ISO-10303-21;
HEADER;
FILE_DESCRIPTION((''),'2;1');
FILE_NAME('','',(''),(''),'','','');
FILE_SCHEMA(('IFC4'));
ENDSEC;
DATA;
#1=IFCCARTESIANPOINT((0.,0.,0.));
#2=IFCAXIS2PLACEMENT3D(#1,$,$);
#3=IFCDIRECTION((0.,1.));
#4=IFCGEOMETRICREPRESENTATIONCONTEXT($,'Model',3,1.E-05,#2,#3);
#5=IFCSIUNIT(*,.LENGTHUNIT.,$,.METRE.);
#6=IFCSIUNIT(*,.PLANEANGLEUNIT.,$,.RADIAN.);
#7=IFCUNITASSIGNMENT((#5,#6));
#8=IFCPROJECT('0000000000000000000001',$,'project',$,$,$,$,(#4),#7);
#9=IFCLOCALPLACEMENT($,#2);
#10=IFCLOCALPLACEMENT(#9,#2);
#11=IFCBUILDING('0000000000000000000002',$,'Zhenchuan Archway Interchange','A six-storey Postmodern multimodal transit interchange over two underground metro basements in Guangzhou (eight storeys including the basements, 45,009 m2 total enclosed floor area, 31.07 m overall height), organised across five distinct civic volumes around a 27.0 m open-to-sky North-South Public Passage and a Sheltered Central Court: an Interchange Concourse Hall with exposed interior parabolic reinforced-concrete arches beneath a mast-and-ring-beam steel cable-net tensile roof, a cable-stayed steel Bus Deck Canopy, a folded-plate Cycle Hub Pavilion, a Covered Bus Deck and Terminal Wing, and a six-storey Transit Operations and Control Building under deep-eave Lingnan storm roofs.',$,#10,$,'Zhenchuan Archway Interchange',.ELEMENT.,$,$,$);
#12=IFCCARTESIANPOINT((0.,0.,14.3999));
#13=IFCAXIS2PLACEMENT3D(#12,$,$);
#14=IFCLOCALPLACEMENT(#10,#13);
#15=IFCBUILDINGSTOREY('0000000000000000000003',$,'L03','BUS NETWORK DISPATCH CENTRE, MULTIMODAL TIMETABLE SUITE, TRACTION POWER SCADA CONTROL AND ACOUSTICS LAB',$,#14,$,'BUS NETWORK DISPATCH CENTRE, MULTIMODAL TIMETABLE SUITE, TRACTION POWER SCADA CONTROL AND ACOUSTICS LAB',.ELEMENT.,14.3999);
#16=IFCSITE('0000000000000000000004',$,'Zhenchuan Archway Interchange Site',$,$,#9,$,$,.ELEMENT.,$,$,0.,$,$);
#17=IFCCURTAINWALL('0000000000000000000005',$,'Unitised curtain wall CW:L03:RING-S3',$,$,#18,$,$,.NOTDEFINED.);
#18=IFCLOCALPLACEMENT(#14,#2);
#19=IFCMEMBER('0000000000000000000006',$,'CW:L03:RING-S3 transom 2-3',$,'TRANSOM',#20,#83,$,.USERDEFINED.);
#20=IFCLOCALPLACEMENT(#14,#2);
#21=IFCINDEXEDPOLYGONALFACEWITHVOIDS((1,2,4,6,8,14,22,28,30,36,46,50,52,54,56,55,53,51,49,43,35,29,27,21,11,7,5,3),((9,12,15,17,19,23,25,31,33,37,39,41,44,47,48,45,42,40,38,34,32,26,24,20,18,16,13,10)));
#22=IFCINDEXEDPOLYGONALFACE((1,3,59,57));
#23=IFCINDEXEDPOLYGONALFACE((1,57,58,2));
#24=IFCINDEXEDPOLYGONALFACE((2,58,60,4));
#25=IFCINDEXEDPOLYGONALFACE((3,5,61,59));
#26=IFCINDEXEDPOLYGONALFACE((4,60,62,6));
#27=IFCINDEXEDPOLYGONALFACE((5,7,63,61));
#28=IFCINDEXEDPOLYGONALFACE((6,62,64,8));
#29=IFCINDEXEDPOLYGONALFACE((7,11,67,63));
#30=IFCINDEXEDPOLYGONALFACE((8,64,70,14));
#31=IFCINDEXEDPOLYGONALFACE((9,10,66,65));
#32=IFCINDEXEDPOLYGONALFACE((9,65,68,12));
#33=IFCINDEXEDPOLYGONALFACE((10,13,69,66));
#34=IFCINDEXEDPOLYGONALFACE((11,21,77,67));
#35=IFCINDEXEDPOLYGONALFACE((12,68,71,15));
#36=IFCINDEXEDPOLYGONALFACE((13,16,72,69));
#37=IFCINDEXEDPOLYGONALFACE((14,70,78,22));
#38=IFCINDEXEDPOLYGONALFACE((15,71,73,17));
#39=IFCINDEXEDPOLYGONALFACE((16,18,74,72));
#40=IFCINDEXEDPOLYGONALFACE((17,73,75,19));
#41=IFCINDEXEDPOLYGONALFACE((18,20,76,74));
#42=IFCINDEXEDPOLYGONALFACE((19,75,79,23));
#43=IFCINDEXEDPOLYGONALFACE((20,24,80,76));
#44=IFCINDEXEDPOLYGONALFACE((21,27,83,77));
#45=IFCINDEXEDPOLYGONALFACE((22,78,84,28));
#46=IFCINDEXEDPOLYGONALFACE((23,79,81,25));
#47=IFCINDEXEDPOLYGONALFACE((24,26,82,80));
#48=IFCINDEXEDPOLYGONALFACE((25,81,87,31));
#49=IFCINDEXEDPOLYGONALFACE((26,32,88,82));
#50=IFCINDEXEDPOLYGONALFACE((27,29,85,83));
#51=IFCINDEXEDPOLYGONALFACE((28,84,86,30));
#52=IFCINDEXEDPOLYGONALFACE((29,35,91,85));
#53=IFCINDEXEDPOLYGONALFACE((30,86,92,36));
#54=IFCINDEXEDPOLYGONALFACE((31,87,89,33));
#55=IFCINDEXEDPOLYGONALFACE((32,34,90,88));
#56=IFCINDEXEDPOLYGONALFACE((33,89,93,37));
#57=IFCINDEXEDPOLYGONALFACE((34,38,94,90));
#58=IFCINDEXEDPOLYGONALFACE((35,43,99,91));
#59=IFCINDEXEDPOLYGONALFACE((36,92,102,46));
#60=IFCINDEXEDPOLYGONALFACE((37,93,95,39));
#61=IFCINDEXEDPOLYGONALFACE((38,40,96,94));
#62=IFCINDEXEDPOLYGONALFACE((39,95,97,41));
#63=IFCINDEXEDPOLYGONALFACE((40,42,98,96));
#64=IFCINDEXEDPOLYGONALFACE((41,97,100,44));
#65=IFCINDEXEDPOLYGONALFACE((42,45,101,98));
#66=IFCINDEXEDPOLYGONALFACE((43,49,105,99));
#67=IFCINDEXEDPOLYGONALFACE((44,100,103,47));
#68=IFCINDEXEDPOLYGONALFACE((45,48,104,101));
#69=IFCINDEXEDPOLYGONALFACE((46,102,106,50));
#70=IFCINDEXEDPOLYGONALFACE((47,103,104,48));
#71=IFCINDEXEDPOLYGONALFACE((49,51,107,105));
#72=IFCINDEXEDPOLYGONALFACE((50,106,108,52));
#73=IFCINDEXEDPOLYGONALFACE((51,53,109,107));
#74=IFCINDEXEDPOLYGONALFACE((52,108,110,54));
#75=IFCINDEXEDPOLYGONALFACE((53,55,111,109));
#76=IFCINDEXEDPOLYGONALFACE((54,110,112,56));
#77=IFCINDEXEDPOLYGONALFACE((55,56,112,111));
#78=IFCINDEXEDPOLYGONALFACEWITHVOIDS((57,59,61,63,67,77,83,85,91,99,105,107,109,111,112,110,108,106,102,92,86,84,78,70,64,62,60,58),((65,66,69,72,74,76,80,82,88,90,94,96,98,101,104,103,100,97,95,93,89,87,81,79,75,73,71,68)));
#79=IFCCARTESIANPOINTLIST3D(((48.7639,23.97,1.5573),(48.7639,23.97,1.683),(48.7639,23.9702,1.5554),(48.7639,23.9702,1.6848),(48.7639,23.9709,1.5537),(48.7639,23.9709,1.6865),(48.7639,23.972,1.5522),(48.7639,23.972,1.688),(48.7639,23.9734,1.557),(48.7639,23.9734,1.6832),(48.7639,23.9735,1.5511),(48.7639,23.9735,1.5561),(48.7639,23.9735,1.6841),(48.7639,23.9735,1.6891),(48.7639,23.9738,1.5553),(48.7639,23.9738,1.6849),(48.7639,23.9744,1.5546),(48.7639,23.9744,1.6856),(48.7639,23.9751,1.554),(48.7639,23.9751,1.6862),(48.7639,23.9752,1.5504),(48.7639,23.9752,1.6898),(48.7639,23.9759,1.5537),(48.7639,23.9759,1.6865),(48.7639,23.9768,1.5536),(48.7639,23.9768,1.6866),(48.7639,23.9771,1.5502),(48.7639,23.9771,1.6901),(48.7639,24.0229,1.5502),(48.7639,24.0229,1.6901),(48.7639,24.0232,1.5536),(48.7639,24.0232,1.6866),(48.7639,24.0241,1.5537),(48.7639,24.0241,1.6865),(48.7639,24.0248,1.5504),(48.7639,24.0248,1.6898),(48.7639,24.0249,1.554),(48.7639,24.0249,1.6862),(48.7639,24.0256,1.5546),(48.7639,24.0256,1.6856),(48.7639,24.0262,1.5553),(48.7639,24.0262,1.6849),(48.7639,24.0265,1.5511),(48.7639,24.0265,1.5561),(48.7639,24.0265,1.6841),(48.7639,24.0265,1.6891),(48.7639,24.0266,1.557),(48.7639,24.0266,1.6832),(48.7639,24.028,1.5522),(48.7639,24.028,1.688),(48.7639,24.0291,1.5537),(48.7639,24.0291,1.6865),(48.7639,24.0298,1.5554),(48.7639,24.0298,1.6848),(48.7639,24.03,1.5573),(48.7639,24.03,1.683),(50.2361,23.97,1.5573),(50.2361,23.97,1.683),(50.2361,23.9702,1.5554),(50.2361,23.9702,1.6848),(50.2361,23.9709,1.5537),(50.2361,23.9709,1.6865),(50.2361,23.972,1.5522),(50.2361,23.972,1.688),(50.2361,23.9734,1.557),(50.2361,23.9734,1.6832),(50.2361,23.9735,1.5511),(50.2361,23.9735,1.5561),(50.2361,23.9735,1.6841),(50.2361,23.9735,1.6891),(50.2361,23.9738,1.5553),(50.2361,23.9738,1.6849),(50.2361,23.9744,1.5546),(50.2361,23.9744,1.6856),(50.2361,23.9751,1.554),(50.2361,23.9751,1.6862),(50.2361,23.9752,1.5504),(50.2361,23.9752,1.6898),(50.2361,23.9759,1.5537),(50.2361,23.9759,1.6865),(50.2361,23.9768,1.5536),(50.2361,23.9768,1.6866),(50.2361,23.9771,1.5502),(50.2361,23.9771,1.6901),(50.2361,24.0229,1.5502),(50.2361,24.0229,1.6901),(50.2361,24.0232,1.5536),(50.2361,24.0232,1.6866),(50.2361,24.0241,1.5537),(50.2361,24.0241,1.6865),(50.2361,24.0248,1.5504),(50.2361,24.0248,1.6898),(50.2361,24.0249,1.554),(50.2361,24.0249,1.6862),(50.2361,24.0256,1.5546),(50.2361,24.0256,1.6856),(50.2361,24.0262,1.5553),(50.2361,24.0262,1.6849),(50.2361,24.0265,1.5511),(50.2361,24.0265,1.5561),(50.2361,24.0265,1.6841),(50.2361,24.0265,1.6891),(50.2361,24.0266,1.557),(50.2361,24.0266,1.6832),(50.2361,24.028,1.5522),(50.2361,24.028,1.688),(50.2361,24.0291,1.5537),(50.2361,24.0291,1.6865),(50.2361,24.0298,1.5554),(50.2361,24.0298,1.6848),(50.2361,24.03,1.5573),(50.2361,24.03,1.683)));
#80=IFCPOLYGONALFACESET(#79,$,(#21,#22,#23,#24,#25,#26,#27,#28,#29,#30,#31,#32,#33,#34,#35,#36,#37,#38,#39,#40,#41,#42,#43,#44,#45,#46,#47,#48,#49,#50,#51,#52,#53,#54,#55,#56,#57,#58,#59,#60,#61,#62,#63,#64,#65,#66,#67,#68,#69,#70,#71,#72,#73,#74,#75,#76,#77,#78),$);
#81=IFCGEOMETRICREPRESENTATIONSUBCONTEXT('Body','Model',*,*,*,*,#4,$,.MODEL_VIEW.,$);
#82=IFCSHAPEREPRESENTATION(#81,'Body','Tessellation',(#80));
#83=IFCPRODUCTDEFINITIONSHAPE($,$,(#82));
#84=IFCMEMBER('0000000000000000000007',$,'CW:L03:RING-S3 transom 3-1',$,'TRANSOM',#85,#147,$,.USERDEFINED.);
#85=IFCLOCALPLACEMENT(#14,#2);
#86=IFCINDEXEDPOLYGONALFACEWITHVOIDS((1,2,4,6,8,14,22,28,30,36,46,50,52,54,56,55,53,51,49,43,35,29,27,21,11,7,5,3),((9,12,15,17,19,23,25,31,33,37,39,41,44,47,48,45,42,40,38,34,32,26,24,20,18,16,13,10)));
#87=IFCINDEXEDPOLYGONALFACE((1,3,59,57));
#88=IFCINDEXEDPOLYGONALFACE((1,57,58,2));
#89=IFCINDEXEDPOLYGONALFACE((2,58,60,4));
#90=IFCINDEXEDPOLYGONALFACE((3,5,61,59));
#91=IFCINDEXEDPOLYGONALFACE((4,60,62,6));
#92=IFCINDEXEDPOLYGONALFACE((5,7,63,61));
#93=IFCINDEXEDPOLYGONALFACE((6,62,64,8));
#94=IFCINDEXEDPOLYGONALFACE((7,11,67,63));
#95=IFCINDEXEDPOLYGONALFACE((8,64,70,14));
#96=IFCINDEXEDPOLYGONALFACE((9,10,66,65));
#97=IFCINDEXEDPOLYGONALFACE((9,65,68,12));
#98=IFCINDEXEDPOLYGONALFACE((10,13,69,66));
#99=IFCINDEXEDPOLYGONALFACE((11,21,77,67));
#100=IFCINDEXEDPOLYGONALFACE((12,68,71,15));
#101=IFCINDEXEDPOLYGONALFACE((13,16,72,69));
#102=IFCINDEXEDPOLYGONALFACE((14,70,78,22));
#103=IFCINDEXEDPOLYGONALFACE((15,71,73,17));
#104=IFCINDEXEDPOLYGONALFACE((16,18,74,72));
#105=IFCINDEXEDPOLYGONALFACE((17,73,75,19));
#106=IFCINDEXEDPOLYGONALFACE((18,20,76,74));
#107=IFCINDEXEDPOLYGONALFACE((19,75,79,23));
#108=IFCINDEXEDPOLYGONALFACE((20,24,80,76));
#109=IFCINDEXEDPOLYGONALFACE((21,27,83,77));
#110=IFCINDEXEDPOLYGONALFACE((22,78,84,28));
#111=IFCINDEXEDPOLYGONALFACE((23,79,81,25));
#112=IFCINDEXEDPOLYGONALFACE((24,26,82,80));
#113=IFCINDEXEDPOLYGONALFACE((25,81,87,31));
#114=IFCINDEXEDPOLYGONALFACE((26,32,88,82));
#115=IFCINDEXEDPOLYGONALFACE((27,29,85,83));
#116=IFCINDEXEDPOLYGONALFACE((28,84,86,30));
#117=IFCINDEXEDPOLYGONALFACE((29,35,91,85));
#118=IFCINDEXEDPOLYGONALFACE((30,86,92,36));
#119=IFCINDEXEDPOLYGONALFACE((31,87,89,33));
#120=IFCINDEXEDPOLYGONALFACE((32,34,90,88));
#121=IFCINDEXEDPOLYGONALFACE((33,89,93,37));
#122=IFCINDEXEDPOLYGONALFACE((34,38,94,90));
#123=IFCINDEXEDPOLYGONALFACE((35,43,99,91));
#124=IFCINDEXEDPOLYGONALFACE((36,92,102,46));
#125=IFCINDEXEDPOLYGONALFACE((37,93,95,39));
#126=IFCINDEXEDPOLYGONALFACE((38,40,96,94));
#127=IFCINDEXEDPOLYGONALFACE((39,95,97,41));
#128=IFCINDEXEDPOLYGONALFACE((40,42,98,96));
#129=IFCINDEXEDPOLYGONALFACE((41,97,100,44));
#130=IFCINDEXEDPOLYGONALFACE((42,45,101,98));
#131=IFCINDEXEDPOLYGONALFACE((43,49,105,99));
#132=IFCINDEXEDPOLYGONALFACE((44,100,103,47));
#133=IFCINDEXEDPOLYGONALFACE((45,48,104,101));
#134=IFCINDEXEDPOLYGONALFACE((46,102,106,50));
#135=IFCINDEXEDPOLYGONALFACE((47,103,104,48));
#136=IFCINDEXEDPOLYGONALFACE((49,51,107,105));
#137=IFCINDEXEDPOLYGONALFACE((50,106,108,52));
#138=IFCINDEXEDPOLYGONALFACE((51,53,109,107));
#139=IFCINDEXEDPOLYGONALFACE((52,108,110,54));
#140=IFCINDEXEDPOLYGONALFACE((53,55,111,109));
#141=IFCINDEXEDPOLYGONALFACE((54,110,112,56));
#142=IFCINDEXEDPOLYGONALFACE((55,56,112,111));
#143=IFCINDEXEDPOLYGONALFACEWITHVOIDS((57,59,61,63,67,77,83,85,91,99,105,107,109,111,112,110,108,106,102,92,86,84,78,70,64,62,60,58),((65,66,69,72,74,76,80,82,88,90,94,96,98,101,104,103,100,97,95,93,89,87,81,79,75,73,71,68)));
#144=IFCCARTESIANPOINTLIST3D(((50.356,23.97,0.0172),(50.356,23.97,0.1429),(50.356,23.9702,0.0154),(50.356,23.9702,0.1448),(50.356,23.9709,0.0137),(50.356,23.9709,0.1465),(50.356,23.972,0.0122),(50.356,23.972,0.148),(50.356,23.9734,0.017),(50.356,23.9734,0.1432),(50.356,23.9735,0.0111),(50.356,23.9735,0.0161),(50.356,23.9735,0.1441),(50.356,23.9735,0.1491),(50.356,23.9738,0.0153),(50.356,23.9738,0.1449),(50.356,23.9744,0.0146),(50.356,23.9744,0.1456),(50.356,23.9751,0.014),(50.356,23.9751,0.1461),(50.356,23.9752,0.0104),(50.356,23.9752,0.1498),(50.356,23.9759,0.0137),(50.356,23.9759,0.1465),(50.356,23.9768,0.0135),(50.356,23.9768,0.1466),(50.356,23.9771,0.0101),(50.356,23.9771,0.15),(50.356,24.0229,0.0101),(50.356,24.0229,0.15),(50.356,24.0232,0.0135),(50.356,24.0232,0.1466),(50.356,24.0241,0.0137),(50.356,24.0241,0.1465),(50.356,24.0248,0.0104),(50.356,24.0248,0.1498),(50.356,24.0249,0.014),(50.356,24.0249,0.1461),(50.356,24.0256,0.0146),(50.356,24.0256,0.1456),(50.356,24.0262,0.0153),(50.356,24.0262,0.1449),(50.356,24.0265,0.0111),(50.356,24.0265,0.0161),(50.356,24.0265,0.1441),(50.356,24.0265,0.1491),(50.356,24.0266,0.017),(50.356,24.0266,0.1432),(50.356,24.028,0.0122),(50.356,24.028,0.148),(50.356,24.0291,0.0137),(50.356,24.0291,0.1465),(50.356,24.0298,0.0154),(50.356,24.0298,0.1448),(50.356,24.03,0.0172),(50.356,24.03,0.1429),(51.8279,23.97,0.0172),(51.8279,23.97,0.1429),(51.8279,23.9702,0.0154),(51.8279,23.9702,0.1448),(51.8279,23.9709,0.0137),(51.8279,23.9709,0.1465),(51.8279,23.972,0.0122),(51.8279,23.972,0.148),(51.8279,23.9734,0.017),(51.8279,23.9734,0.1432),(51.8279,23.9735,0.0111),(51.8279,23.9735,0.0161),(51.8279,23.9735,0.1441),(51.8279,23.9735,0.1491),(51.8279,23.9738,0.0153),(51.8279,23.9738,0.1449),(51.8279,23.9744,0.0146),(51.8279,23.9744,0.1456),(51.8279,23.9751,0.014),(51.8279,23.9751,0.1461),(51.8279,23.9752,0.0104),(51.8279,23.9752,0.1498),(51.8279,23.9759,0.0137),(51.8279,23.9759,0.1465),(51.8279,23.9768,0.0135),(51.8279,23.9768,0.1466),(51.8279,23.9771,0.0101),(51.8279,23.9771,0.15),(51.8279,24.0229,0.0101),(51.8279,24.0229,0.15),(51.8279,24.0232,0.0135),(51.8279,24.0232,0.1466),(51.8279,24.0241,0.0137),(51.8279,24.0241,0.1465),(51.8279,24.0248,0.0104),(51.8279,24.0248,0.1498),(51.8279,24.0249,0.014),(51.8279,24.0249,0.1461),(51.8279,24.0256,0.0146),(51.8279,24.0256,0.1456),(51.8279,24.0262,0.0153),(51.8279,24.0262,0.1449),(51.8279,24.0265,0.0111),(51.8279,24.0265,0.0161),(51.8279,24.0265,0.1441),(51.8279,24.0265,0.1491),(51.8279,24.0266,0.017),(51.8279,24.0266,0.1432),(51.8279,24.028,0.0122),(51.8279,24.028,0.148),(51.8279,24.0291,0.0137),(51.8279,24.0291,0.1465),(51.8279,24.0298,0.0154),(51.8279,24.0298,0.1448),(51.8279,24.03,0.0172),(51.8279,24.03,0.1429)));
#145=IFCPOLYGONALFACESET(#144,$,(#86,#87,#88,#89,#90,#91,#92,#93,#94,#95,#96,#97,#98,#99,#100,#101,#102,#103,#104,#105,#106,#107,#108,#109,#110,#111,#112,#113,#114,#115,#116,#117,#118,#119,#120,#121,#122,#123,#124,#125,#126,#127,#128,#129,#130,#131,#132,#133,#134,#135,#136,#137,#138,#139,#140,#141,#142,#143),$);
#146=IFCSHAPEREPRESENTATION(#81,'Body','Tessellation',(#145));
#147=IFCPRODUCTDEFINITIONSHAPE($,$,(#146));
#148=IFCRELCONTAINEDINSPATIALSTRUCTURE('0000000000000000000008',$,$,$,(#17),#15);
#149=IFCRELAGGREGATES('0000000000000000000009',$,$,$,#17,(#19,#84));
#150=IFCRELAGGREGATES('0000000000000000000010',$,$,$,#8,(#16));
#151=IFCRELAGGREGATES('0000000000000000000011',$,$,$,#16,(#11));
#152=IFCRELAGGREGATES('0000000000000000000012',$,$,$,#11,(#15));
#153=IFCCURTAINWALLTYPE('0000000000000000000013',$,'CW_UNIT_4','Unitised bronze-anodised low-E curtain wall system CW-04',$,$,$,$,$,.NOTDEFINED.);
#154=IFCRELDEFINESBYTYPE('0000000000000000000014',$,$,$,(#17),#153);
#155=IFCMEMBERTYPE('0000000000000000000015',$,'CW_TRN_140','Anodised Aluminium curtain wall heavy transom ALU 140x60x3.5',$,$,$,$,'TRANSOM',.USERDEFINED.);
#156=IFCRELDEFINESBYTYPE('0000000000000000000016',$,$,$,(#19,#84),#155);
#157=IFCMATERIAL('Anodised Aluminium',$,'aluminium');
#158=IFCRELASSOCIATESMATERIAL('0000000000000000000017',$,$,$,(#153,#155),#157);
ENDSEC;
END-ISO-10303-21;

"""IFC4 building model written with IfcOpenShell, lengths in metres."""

from ifc_helpers import new_model, si_unit, direction, frame, origin, origin_2d, place, context, subcontext, project, spatial, hollow_rectangle, extrude, material, material_profile, profile_set, type_object, element, aggregate, save


model = new_model("IFC4")

# Units and contexts
model_context = context("Model", 3, precision=1e-05, world=origin(), true_north=direction((0.0, 1.0)))
body_context = subcontext(model_context, "Body", "Model", "MODEL_VIEW")
ifc_project = project(units=[si_unit("LENGTHUNIT", "METRE"), si_unit("PLANEANGLEUNIT", "RADIAN")], contexts=[model_context])

# Site, building, storey
site_placement = place(None, origin())
site = spatial("IfcSite", under=ifc_project, at=site_placement, Name="Zhenchuan Archway Interchange Site", CompositionType="ELEMENT", RefElevation=0.0)
building_placement = place(site_placement, origin())
building = spatial("IfcBuilding", under=site, at=building_placement, Name="Zhenchuan Archway Interchange", Description="A six-storey Postmodern multimodal transit interchange over two underground metro basements in Guangzhou (eight storeys including the basements, 45,009 m2 total enclosed floor area, 31.07 m overall height), organised across five distinct civic volumes around a 27.0 m open-to-sky North-South Public Passage and a Sheltered Central Court: an Interchange Concourse Hall with exposed interior parabolic reinforced-concrete arches beneath a mast-and-ring-beam steel cable-net tensile roof, a cable-stayed steel Bus Deck Canopy, a folded-plate Cycle Hub Pavilion, a Covered Bus Deck and Terminal Wing, and a six-storey Transit Operations and Control Building under deep-eave Lingnan storm roofs.", LongName="Zhenchuan Archway Interchange", CompositionType="ELEMENT")
storey_placement = place(building_placement, frame((0.0, 0.0, 14.3999)))
storey = spatial("IfcBuildingStorey", under=building, at=storey_placement, Name="L03", Description="BUS NETWORK DISPATCH CENTRE, MULTIMODAL TIMETABLE SUITE, TRACTION POWER SCADA CONTROL AND ACOUSTICS LAB", LongName="BUS NETWORK DISPATCH CENTRE, MULTIMODAL TIMETABLE SUITE, TRACTION POWER SCADA CONTROL AND ACOUSTICS LAB", CompositionType="ELEMENT", Elevation=14.3999)

# Curtain wall
ifc_material_1 = material(Name="Anodised Aluminium", Category="aluminium")
curtain_wall_type = type_object("IfcCurtainWallType", Name="CW_UNIT_4", Description="Unitised bronze-anodised low-E curtain wall system CW-04", PredefinedType="NOTDEFINED", material=ifc_material_1)
curtain_wall_1_placement = place(storey_placement, origin())
curtain_wall_1 = element("IfcCurtainWall", 1, at=curtain_wall_1_placement, inside=storey, type_object=curtain_wall_type, Name="Unitised curtain wall CW:L03:RING-S3", PredefinedType="NOTDEFINED")

# Members
ifc_material_profile_1 = material_profile(ifc_material_1, hollow_rectangle(XDim=0.0601, YDim=0.1399, WallThickness=0.0034, InnerFilletRadius=0.0034, OuterFilletRadius=0.0071, at=origin_2d()), Name="ALU 140x60x3.5")
ifc_profile_set_1 = profile_set([ifc_material_profile_1], Name="Anodised Aluminium")
member_type_1 = type_object("IfcMemberType", Name="CW_TRN_140", Description="Anodised Aluminium curtain wall heavy transom ALU 140x60x3.5", ElementType="TRANSOM", PredefinedType="USERDEFINED", material=ifc_profile_set_1)
member_1_placement = place(storey_placement, frame((48.7639, 24.0, 1.6201), z_axis=(1.0, 0.0, 0.0), x_axis=(0.0, 1.0, 0.0)))
member_1 = element("IfcMember", 2, at=member_1_placement, type_object=member_type_1, Name="CW:L03:RING-S3 transom 2-3", ObjectType="TRANSOM", PredefinedType="USERDEFINED", context=body_context, shape_type="SweptSolid", body=[
    extrude(hollow_rectangle(XDim=0.0601, YDim=0.1399, WallThickness=0.0034, InnerFilletRadius=0.0034, OuterFilletRadius=0.0071, at=origin_2d()), origin(), (0.0, 0.0, 1.0), 1.4722),
])
member_2_placement = place(storey_placement, frame((50.356, 24.0, 0.0801), z_axis=(1.0, 0.0, 0.0), x_axis=(0.0, 1.0, 0.0)))
member_2 = element("IfcMember", 3, at=member_2_placement, type_object=member_type_1, Name="CW:L03:RING-S3 transom 3-1", ObjectType="TRANSOM", PredefinedType="USERDEFINED", context=body_context, shape_type="SweptSolid", body=[
    extrude(hollow_rectangle(XDim=0.0601, YDim=0.1399, WallThickness=0.0034, InnerFilletRadius=0.0034, OuterFilletRadius=0.0071, at=origin_2d()), origin(), (0.0, 0.0, 1.0), 1.4719),
])

aggregate(curtain_wall_1, [member_1, member_2])

save(model, "model.ifc")
